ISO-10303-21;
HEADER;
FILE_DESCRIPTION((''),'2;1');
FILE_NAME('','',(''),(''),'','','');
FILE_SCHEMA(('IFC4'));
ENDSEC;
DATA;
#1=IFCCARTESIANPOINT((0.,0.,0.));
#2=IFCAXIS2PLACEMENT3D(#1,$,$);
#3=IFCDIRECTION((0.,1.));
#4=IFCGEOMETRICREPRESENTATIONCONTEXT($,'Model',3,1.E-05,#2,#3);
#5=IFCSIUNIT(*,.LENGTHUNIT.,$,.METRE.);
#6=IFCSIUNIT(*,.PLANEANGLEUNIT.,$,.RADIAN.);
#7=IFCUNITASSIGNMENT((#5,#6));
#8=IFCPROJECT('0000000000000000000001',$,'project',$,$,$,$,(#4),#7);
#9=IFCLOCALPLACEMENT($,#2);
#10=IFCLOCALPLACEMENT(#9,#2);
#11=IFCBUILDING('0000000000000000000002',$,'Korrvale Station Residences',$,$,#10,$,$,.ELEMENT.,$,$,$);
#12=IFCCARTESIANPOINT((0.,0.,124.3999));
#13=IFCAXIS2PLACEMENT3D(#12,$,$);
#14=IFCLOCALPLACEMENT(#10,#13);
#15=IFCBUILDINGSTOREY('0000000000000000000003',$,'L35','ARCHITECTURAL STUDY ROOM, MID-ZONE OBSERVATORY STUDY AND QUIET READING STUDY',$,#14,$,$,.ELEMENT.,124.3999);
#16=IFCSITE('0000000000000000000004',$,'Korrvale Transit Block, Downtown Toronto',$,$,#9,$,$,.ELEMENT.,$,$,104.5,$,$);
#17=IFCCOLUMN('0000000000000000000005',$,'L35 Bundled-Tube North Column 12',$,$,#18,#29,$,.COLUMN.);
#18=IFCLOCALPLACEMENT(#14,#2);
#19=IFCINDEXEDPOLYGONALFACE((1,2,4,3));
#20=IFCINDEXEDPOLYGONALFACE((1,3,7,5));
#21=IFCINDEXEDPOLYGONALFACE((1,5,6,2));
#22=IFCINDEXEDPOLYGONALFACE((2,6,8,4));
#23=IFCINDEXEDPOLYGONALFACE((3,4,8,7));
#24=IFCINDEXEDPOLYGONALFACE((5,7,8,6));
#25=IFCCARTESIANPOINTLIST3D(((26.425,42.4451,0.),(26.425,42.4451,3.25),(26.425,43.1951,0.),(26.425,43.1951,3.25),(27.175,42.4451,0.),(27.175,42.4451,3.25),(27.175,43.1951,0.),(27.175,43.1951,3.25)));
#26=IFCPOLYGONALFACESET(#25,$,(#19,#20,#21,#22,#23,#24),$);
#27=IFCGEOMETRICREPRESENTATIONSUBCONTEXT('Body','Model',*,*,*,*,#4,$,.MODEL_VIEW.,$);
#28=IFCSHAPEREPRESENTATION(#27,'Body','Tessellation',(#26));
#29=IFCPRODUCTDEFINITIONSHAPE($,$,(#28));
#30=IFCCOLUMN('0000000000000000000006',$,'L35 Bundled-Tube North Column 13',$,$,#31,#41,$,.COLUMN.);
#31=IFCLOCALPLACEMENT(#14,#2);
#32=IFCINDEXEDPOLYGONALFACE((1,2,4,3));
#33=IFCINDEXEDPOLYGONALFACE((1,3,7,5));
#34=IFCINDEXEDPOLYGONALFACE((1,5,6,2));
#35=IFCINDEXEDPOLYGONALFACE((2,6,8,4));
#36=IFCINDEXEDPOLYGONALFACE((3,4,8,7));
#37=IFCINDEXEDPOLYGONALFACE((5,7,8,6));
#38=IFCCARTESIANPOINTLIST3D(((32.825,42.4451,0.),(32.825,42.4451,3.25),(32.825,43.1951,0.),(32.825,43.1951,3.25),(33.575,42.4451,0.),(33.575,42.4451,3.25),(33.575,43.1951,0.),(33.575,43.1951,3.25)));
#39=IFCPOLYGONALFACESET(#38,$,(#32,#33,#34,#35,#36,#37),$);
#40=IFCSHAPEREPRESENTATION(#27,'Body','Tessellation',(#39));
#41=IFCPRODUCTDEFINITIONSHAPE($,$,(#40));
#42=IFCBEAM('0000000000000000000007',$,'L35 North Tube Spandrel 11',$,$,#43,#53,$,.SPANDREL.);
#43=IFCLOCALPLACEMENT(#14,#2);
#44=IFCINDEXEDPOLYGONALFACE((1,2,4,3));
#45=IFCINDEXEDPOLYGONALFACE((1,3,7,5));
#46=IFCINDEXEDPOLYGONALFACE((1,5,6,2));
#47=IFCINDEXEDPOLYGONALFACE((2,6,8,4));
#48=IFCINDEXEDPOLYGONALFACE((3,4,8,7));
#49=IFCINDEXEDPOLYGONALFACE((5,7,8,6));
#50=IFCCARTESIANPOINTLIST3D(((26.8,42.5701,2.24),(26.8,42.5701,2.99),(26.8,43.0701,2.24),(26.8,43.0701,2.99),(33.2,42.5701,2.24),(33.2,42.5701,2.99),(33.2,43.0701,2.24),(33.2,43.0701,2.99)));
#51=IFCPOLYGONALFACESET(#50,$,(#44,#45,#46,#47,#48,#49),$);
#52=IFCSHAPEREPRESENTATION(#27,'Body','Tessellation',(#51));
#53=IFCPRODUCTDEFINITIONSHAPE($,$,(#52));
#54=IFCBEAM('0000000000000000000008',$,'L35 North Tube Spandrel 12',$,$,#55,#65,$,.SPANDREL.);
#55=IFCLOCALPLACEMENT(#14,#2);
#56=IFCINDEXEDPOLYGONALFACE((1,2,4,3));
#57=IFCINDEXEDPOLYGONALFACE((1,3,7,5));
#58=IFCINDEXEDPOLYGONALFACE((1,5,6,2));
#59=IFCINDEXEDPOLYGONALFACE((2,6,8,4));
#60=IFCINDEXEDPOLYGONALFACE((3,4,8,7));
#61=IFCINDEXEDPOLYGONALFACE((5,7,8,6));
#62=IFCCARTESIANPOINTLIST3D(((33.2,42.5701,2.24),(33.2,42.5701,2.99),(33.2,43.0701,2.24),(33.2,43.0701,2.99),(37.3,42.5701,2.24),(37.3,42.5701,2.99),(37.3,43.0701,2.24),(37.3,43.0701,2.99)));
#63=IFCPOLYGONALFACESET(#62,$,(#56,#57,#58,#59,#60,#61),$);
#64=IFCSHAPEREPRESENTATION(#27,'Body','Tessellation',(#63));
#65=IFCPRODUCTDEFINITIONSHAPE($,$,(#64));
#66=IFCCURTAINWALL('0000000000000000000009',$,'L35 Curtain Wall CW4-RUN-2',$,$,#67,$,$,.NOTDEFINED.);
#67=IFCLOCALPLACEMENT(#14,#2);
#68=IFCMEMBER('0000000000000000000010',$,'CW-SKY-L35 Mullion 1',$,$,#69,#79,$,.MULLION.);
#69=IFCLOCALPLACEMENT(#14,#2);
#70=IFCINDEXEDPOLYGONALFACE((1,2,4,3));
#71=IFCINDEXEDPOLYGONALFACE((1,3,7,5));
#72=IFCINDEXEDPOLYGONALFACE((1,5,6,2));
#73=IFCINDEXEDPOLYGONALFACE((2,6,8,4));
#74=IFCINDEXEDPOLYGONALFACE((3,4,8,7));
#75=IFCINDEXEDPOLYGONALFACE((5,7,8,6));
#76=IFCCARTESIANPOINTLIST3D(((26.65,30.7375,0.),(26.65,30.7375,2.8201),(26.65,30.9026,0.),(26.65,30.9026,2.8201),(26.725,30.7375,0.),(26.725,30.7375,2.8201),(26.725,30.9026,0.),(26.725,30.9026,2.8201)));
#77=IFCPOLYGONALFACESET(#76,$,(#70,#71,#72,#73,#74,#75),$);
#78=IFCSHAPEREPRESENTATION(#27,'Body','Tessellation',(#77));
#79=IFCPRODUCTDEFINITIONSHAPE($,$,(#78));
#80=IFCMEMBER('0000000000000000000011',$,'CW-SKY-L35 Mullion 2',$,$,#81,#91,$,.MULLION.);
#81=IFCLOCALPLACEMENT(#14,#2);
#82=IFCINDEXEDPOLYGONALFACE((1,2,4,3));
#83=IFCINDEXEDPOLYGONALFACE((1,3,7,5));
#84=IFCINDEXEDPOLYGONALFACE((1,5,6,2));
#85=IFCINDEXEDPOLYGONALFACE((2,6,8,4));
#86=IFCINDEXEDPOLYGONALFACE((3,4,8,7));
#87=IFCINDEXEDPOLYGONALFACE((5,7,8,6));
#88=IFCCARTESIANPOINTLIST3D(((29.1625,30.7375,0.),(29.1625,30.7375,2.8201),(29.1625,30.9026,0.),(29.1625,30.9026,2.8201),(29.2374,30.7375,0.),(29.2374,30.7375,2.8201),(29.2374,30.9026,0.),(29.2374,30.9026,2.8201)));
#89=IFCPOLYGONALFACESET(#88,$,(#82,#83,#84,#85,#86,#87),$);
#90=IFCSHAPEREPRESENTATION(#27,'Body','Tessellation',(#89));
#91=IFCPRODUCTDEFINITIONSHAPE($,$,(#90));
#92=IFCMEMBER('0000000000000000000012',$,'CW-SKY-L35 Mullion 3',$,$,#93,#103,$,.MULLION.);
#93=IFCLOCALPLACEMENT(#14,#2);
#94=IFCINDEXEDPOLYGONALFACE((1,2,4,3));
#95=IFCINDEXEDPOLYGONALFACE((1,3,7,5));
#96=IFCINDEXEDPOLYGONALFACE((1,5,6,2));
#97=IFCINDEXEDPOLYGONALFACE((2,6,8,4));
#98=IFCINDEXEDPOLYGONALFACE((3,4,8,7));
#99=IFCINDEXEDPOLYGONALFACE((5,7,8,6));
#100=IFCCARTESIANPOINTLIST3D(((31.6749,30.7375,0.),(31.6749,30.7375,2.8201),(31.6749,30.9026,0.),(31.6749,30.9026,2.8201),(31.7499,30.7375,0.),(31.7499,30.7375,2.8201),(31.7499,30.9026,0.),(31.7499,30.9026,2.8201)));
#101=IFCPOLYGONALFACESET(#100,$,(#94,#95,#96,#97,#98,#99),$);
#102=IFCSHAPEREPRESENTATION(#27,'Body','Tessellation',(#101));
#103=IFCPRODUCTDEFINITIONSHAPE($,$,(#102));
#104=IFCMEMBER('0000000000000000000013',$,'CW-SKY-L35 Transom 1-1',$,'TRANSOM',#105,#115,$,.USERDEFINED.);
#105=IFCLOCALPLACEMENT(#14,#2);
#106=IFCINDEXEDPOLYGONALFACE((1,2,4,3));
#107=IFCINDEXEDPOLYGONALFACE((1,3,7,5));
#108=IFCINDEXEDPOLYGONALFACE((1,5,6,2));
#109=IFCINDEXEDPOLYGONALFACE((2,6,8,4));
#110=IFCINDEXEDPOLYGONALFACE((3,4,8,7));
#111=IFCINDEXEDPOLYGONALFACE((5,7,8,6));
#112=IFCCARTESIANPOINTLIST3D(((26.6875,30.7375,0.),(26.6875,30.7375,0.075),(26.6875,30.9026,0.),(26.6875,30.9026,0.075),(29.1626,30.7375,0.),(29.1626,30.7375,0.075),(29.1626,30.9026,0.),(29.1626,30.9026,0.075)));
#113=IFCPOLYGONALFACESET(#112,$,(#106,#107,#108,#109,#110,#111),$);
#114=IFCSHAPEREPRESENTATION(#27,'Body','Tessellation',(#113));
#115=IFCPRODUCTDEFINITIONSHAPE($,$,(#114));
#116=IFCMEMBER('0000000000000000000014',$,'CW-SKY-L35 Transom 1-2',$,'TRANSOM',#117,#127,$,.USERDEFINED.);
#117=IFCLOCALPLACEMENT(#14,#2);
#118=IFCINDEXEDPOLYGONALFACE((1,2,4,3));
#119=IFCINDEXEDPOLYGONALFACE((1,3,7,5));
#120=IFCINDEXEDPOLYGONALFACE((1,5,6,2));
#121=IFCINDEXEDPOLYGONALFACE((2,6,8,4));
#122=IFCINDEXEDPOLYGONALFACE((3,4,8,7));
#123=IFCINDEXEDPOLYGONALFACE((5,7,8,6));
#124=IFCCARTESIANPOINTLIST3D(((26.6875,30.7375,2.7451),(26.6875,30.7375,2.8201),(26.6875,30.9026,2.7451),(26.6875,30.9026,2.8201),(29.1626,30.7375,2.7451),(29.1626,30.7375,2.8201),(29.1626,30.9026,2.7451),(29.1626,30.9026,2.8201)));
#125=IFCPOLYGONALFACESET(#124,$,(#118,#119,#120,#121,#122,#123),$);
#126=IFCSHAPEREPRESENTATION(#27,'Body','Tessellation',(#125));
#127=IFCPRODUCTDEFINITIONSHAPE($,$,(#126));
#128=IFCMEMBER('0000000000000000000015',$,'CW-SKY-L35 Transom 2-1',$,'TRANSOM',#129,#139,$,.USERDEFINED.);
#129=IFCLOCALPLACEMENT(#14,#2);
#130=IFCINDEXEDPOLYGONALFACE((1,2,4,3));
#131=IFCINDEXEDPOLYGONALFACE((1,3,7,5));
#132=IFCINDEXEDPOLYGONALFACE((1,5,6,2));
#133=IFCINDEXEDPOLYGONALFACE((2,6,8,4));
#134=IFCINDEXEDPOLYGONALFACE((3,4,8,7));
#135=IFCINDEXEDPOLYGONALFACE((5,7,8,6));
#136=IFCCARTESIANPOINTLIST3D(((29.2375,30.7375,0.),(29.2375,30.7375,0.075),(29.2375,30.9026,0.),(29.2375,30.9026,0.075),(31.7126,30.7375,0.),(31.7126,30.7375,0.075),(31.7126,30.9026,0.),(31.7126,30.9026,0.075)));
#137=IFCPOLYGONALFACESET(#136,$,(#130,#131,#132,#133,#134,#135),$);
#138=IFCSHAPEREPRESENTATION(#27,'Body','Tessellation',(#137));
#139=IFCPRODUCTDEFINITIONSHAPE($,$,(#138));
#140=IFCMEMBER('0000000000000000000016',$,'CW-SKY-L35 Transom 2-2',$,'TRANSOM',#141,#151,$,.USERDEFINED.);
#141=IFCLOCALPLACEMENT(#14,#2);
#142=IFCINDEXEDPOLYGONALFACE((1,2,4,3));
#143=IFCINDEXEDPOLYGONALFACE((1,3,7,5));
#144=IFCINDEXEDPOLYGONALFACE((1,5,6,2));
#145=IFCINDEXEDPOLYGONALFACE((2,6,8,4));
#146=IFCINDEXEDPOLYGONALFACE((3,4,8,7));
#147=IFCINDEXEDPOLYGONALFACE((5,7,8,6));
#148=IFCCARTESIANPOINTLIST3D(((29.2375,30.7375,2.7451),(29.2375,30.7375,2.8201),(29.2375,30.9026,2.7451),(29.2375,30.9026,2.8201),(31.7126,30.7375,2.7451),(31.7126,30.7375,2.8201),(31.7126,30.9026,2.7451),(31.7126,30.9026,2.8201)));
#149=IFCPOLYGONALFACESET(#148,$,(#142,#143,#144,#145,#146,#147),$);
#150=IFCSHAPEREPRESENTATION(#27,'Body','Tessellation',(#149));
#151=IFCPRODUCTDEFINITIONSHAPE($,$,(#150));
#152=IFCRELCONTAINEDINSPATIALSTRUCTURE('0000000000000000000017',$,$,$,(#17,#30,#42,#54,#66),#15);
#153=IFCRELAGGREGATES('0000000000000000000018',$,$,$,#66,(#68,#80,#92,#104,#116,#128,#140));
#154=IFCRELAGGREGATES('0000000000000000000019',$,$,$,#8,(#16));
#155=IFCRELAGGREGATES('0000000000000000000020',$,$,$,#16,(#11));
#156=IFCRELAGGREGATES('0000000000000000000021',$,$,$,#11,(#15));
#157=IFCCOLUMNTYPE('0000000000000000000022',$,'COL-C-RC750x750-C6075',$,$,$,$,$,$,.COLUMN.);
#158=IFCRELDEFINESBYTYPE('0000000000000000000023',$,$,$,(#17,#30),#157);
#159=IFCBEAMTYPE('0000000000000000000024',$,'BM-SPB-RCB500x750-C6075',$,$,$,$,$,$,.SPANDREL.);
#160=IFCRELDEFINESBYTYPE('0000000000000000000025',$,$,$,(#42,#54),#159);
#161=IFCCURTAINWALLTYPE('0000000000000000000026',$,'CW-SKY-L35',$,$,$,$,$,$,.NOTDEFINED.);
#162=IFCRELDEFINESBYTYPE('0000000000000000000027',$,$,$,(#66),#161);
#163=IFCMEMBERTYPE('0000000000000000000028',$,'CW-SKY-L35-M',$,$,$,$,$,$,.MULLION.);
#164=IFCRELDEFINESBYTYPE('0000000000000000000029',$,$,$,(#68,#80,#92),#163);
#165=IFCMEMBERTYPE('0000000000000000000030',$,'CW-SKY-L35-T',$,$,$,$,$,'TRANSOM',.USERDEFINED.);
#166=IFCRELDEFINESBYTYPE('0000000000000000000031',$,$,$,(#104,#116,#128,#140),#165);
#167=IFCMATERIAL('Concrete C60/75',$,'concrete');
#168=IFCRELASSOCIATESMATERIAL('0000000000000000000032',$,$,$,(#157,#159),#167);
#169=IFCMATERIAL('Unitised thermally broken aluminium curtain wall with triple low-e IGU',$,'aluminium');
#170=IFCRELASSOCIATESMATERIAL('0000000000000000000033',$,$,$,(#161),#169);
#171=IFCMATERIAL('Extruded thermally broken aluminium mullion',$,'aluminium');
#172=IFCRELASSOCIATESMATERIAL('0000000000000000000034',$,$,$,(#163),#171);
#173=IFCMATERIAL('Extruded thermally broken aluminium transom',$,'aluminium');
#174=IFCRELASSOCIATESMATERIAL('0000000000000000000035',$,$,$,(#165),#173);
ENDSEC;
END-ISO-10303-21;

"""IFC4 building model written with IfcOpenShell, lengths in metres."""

from ifc_helpers import new_model, si_unit, direction, frame, origin, origin_2d, place, context, subcontext, project, spatial, rectangle, extrude, material, material_profile, profile_set, type_object, element, aggregate, save


model = new_model("IFC4")

# Units and contexts
model_context = context("Model", 3, precision=1e-05, world=origin(), true_north=direction((0.0, 1.0)))
body_context = subcontext(model_context, "Body", "Model", "MODEL_VIEW")
ifc_project = project(units=[si_unit("LENGTHUNIT", "METRE"), si_unit("PLANEANGLEUNIT", "RADIAN")], contexts=[model_context])

# Site, building, storey
site_placement = place(None, origin())
site = spatial("IfcSite", under=ifc_project, at=site_placement, Name="Korrvale Transit Block, Downtown Toronto", CompositionType="ELEMENT", RefElevation=104.5)
building_placement = place(site_placement, origin())
building = spatial("IfcBuilding", under=site, at=building_placement, Name="Korrvale Station Residences", CompositionType="ELEMENT")
storey_placement = place(building_placement, frame((0.0, 0.0, 124.3999)))
storey = spatial("IfcBuildingStorey", under=building, at=storey_placement, Name="L35", Description="ARCHITECTURAL STUDY ROOM, MID-ZONE OBSERVATORY STUDY AND QUIET READING STUDY", CompositionType="ELEMENT", Elevation=124.3999)

# Columns
ifc_material_1 = material(Name="Concrete C60/75", Category="concrete")
ifc_material_profile_1 = material_profile(ifc_material_1, rectangle(XDim=0.75, YDim=0.75, at=origin_2d()), Name="RC750x750")
ifc_profile_set_1 = profile_set([ifc_material_profile_1], Name="Concrete C60/75")
column_type = type_object("IfcColumnType", Name="COL-C-RC750x750-C6075", PredefinedType="COLUMN", material=ifc_profile_set_1)
for number, where, z_axis, x_axis, name in (
    (1, (26.8, 42.8201, 0.0), (0.0, 0.0, 1.0), (1.0, 0.0, 0.0), "L35 Bundled-Tube North Column 12"),
    (2, (33.2, 42.8201, 0.0), (0.0, 0.0, 1.0), (1.0, 0.0, 0.0), "L35 Bundled-Tube North Column 13"),
):
    element("IfcColumn", number, at=place(storey_placement, frame(where, z_axis=z_axis, x_axis=x_axis)), inside=storey, type_object=column_type, Name=name, PredefinedType="COLUMN", context=body_context, shape_type="SweptSolid", body=[
        extrude(rectangle(XDim=0.75, YDim=0.75, at=origin_2d()), origin(), (0.0, 0.0, 1.0), 3.25),
    ])

# Beams
ifc_material_profile_2 = material_profile(ifc_material_1, rectangle(XDim=0.5, YDim=0.75, at=origin_2d()), Name="RCB500x750")
ifc_profile_set_2 = profile_set([ifc_material_profile_2], Name="Concrete C60/75")
beam_type = type_object("IfcBeamType", Name="BM-SPB-RCB500x750-C6075", PredefinedType="SPANDREL", material=ifc_profile_set_2)
beam_1_placement = place(storey_placement, frame((26.8, 42.8201, 2.615), z_axis=(1.0, 0.0, 0.0), x_axis=(0.0, 1.0, 0.0)))
element("IfcBeam", 3, at=beam_1_placement, inside=storey, type_object=beam_type, Name="L35 North Tube Spandrel 11", PredefinedType="SPANDREL", context=body_context, shape_type="SweptSolid", body=[
    extrude(rectangle(XDim=0.5, YDim=0.75, at=origin_2d()), origin(), (0.0, 0.0, 1.0), 6.3999),
])
beam_2_placement = place(storey_placement, frame((33.2, 42.8201, 2.615), z_axis=(1.0, 0.0, 0.0), x_axis=(0.0, 1.0, 0.0)))
element("IfcBeam", 4, at=beam_2_placement, inside=storey, type_object=beam_type, Name="L35 North Tube Spandrel 12", PredefinedType="SPANDREL", context=body_context, shape_type="SweptSolid", body=[
    extrude(rectangle(XDim=0.5, YDim=0.75, at=origin_2d()), origin(), (0.0, 0.0, 1.0), 4.1001),
])

# Curtain wall, members
ifc_material_2 = material(Name="Unitised thermally broken aluminium curtain wall with triple low-e IGU", Category="aluminium")
curtain_wall_type = type_object("IfcCurtainWallType", Name="CW-SKY-L35", PredefinedType="NOTDEFINED", material=ifc_material_2)
curtain_wall_placement = place(storey_placement, origin())
curtain_wall = element("IfcCurtainWall", 5, at=curtain_wall_placement, inside=storey, type_object=curtain_wall_type, Name="L35 Curtain Wall CW4-RUN-2", PredefinedType="NOTDEFINED")
ifc_material_3 = material(Name="Extruded thermally broken aluminium mullion", Category="aluminium")
member_type_1 = type_object("IfcMemberType", Name="CW-SKY-L35-M", PredefinedType="MULLION", material=ifc_material_3)
member_1_placement = place(storey_placement, frame((26.6875, 30.8201, 0.0), z_axis=(0.0, 0.0, 1.0), x_axis=(1.0, 0.0, 0.0)))
member_1 = element("IfcMember", 6, at=member_1_placement, type_object=member_type_1, Name="CW-SKY-L35 Mullion 1", PredefinedType="MULLION", context=body_context, shape_type="SweptSolid", body=[
    extrude(rectangle(XDim=0.075, YDim=0.165, at=origin_2d()), origin(), (0.0, 0.0, 1.0), 2.8201),
])
member_2_placement = place(storey_placement, frame((29.2, 30.8201, 0.0), z_axis=(0.0, 0.0, 1.0), x_axis=(1.0, 0.0, 0.0)))
member_2 = element("IfcMember", 7, at=member_2_placement, type_object=member_type_1, Name="CW-SKY-L35 Mullion 2", PredefinedType="MULLION", context=body_context, shape_type="SweptSolid", body=[
    extrude(rectangle(XDim=0.075, YDim=0.165, at=origin_2d()), origin(), (0.0, 0.0, 1.0), 2.8201),
])
member_3_placement = place(storey_placement, frame((31.7124, 30.8201, 0.0), z_axis=(0.0, 0.0, 1.0), x_axis=(1.0, 0.0, 0.0)))
member_3 = element("IfcMember", 8, at=member_3_placement, type_object=member_type_1, Name="CW-SKY-L35 Mullion 3", PredefinedType="MULLION", context=body_context, shape_type="SweptSolid", body=[
    extrude(rectangle(XDim=0.075, YDim=0.165, at=origin_2d()), origin(), (0.0, 0.0, 1.0), 2.8201),
])
ifc_material_4 = material(Name="Extruded thermally broken aluminium transom", Category="aluminium")
member_type_2 = type_object("IfcMemberType", Name="CW-SKY-L35-T", ElementType="TRANSOM", PredefinedType="USERDEFINED", material=ifc_material_4)
member_4_placement = place(storey_placement, frame((27.925, 30.8201, 0.0), z_axis=(0.0, 0.0, 1.0), x_axis=(1.0, 0.0, 0.0)))
member_4 = element("IfcMember", 9, at=member_4_placement, type_object=member_type_2, Name="CW-SKY-L35 Transom 1-1", ObjectType="TRANSOM", PredefinedType="USERDEFINED", context=body_context, shape_type="SweptSolid", body=[
    extrude(rectangle(XDim=2.4751, YDim=0.165, at=origin_2d()), origin(), (0.0, 0.0, 1.0), 0.075),
])
member_5_placement = place(storey_placement, frame((27.925, 30.8201, 2.7451), z_axis=(0.0, 0.0, 1.0), x_axis=(1.0, 0.0, 0.0)))
member_5 = element("IfcMember", 10, at=member_5_placement, type_object=member_type_2, Name="CW-SKY-L35 Transom 1-2", ObjectType="TRANSOM", PredefinedType="USERDEFINED", context=body_context, shape_type="SweptSolid", body=[
    extrude(rectangle(XDim=2.4751, YDim=0.165, at=origin_2d()), origin(), (0.0, 0.0, 1.0), 0.075),
])
member_6_placement = place(storey_placement, frame((30.4751, 30.8201, 0.0), z_axis=(0.0, 0.0, 1.0), x_axis=(1.0, 0.0, 0.0)))
member_6 = element("IfcMember", 11, at=member_6_placement, type_object=member_type_2, Name="CW-SKY-L35 Transom 2-1", ObjectType="TRANSOM", PredefinedType="USERDEFINED", context=body_context, shape_type="SweptSolid", body=[
    extrude(rectangle(XDim=2.4751, YDim=0.165, at=origin_2d()), origin(), (0.0, 0.0, 1.0), 0.075),
])
member_7_placement = place(storey_placement, frame((30.4751, 30.8201, 2.7451), z_axis=(0.0, 0.0, 1.0), x_axis=(1.0, 0.0, 0.0)))
member_7 = element("IfcMember", 12, at=member_7_placement, type_object=member_type_2, Name="CW-SKY-L35 Transom 2-2", ObjectType="TRANSOM", PredefinedType="USERDEFINED", context=body_context, shape_type="SweptSolid", body=[
    extrude(rectangle(XDim=2.4751, YDim=0.165, at=origin_2d()), origin(), (0.0, 0.0, 1.0), 0.075),
])

aggregate(curtain_wall, [member_1, member_2, member_3, member_4, member_5, member_6, member_7])

save(model, "model.ifc")
